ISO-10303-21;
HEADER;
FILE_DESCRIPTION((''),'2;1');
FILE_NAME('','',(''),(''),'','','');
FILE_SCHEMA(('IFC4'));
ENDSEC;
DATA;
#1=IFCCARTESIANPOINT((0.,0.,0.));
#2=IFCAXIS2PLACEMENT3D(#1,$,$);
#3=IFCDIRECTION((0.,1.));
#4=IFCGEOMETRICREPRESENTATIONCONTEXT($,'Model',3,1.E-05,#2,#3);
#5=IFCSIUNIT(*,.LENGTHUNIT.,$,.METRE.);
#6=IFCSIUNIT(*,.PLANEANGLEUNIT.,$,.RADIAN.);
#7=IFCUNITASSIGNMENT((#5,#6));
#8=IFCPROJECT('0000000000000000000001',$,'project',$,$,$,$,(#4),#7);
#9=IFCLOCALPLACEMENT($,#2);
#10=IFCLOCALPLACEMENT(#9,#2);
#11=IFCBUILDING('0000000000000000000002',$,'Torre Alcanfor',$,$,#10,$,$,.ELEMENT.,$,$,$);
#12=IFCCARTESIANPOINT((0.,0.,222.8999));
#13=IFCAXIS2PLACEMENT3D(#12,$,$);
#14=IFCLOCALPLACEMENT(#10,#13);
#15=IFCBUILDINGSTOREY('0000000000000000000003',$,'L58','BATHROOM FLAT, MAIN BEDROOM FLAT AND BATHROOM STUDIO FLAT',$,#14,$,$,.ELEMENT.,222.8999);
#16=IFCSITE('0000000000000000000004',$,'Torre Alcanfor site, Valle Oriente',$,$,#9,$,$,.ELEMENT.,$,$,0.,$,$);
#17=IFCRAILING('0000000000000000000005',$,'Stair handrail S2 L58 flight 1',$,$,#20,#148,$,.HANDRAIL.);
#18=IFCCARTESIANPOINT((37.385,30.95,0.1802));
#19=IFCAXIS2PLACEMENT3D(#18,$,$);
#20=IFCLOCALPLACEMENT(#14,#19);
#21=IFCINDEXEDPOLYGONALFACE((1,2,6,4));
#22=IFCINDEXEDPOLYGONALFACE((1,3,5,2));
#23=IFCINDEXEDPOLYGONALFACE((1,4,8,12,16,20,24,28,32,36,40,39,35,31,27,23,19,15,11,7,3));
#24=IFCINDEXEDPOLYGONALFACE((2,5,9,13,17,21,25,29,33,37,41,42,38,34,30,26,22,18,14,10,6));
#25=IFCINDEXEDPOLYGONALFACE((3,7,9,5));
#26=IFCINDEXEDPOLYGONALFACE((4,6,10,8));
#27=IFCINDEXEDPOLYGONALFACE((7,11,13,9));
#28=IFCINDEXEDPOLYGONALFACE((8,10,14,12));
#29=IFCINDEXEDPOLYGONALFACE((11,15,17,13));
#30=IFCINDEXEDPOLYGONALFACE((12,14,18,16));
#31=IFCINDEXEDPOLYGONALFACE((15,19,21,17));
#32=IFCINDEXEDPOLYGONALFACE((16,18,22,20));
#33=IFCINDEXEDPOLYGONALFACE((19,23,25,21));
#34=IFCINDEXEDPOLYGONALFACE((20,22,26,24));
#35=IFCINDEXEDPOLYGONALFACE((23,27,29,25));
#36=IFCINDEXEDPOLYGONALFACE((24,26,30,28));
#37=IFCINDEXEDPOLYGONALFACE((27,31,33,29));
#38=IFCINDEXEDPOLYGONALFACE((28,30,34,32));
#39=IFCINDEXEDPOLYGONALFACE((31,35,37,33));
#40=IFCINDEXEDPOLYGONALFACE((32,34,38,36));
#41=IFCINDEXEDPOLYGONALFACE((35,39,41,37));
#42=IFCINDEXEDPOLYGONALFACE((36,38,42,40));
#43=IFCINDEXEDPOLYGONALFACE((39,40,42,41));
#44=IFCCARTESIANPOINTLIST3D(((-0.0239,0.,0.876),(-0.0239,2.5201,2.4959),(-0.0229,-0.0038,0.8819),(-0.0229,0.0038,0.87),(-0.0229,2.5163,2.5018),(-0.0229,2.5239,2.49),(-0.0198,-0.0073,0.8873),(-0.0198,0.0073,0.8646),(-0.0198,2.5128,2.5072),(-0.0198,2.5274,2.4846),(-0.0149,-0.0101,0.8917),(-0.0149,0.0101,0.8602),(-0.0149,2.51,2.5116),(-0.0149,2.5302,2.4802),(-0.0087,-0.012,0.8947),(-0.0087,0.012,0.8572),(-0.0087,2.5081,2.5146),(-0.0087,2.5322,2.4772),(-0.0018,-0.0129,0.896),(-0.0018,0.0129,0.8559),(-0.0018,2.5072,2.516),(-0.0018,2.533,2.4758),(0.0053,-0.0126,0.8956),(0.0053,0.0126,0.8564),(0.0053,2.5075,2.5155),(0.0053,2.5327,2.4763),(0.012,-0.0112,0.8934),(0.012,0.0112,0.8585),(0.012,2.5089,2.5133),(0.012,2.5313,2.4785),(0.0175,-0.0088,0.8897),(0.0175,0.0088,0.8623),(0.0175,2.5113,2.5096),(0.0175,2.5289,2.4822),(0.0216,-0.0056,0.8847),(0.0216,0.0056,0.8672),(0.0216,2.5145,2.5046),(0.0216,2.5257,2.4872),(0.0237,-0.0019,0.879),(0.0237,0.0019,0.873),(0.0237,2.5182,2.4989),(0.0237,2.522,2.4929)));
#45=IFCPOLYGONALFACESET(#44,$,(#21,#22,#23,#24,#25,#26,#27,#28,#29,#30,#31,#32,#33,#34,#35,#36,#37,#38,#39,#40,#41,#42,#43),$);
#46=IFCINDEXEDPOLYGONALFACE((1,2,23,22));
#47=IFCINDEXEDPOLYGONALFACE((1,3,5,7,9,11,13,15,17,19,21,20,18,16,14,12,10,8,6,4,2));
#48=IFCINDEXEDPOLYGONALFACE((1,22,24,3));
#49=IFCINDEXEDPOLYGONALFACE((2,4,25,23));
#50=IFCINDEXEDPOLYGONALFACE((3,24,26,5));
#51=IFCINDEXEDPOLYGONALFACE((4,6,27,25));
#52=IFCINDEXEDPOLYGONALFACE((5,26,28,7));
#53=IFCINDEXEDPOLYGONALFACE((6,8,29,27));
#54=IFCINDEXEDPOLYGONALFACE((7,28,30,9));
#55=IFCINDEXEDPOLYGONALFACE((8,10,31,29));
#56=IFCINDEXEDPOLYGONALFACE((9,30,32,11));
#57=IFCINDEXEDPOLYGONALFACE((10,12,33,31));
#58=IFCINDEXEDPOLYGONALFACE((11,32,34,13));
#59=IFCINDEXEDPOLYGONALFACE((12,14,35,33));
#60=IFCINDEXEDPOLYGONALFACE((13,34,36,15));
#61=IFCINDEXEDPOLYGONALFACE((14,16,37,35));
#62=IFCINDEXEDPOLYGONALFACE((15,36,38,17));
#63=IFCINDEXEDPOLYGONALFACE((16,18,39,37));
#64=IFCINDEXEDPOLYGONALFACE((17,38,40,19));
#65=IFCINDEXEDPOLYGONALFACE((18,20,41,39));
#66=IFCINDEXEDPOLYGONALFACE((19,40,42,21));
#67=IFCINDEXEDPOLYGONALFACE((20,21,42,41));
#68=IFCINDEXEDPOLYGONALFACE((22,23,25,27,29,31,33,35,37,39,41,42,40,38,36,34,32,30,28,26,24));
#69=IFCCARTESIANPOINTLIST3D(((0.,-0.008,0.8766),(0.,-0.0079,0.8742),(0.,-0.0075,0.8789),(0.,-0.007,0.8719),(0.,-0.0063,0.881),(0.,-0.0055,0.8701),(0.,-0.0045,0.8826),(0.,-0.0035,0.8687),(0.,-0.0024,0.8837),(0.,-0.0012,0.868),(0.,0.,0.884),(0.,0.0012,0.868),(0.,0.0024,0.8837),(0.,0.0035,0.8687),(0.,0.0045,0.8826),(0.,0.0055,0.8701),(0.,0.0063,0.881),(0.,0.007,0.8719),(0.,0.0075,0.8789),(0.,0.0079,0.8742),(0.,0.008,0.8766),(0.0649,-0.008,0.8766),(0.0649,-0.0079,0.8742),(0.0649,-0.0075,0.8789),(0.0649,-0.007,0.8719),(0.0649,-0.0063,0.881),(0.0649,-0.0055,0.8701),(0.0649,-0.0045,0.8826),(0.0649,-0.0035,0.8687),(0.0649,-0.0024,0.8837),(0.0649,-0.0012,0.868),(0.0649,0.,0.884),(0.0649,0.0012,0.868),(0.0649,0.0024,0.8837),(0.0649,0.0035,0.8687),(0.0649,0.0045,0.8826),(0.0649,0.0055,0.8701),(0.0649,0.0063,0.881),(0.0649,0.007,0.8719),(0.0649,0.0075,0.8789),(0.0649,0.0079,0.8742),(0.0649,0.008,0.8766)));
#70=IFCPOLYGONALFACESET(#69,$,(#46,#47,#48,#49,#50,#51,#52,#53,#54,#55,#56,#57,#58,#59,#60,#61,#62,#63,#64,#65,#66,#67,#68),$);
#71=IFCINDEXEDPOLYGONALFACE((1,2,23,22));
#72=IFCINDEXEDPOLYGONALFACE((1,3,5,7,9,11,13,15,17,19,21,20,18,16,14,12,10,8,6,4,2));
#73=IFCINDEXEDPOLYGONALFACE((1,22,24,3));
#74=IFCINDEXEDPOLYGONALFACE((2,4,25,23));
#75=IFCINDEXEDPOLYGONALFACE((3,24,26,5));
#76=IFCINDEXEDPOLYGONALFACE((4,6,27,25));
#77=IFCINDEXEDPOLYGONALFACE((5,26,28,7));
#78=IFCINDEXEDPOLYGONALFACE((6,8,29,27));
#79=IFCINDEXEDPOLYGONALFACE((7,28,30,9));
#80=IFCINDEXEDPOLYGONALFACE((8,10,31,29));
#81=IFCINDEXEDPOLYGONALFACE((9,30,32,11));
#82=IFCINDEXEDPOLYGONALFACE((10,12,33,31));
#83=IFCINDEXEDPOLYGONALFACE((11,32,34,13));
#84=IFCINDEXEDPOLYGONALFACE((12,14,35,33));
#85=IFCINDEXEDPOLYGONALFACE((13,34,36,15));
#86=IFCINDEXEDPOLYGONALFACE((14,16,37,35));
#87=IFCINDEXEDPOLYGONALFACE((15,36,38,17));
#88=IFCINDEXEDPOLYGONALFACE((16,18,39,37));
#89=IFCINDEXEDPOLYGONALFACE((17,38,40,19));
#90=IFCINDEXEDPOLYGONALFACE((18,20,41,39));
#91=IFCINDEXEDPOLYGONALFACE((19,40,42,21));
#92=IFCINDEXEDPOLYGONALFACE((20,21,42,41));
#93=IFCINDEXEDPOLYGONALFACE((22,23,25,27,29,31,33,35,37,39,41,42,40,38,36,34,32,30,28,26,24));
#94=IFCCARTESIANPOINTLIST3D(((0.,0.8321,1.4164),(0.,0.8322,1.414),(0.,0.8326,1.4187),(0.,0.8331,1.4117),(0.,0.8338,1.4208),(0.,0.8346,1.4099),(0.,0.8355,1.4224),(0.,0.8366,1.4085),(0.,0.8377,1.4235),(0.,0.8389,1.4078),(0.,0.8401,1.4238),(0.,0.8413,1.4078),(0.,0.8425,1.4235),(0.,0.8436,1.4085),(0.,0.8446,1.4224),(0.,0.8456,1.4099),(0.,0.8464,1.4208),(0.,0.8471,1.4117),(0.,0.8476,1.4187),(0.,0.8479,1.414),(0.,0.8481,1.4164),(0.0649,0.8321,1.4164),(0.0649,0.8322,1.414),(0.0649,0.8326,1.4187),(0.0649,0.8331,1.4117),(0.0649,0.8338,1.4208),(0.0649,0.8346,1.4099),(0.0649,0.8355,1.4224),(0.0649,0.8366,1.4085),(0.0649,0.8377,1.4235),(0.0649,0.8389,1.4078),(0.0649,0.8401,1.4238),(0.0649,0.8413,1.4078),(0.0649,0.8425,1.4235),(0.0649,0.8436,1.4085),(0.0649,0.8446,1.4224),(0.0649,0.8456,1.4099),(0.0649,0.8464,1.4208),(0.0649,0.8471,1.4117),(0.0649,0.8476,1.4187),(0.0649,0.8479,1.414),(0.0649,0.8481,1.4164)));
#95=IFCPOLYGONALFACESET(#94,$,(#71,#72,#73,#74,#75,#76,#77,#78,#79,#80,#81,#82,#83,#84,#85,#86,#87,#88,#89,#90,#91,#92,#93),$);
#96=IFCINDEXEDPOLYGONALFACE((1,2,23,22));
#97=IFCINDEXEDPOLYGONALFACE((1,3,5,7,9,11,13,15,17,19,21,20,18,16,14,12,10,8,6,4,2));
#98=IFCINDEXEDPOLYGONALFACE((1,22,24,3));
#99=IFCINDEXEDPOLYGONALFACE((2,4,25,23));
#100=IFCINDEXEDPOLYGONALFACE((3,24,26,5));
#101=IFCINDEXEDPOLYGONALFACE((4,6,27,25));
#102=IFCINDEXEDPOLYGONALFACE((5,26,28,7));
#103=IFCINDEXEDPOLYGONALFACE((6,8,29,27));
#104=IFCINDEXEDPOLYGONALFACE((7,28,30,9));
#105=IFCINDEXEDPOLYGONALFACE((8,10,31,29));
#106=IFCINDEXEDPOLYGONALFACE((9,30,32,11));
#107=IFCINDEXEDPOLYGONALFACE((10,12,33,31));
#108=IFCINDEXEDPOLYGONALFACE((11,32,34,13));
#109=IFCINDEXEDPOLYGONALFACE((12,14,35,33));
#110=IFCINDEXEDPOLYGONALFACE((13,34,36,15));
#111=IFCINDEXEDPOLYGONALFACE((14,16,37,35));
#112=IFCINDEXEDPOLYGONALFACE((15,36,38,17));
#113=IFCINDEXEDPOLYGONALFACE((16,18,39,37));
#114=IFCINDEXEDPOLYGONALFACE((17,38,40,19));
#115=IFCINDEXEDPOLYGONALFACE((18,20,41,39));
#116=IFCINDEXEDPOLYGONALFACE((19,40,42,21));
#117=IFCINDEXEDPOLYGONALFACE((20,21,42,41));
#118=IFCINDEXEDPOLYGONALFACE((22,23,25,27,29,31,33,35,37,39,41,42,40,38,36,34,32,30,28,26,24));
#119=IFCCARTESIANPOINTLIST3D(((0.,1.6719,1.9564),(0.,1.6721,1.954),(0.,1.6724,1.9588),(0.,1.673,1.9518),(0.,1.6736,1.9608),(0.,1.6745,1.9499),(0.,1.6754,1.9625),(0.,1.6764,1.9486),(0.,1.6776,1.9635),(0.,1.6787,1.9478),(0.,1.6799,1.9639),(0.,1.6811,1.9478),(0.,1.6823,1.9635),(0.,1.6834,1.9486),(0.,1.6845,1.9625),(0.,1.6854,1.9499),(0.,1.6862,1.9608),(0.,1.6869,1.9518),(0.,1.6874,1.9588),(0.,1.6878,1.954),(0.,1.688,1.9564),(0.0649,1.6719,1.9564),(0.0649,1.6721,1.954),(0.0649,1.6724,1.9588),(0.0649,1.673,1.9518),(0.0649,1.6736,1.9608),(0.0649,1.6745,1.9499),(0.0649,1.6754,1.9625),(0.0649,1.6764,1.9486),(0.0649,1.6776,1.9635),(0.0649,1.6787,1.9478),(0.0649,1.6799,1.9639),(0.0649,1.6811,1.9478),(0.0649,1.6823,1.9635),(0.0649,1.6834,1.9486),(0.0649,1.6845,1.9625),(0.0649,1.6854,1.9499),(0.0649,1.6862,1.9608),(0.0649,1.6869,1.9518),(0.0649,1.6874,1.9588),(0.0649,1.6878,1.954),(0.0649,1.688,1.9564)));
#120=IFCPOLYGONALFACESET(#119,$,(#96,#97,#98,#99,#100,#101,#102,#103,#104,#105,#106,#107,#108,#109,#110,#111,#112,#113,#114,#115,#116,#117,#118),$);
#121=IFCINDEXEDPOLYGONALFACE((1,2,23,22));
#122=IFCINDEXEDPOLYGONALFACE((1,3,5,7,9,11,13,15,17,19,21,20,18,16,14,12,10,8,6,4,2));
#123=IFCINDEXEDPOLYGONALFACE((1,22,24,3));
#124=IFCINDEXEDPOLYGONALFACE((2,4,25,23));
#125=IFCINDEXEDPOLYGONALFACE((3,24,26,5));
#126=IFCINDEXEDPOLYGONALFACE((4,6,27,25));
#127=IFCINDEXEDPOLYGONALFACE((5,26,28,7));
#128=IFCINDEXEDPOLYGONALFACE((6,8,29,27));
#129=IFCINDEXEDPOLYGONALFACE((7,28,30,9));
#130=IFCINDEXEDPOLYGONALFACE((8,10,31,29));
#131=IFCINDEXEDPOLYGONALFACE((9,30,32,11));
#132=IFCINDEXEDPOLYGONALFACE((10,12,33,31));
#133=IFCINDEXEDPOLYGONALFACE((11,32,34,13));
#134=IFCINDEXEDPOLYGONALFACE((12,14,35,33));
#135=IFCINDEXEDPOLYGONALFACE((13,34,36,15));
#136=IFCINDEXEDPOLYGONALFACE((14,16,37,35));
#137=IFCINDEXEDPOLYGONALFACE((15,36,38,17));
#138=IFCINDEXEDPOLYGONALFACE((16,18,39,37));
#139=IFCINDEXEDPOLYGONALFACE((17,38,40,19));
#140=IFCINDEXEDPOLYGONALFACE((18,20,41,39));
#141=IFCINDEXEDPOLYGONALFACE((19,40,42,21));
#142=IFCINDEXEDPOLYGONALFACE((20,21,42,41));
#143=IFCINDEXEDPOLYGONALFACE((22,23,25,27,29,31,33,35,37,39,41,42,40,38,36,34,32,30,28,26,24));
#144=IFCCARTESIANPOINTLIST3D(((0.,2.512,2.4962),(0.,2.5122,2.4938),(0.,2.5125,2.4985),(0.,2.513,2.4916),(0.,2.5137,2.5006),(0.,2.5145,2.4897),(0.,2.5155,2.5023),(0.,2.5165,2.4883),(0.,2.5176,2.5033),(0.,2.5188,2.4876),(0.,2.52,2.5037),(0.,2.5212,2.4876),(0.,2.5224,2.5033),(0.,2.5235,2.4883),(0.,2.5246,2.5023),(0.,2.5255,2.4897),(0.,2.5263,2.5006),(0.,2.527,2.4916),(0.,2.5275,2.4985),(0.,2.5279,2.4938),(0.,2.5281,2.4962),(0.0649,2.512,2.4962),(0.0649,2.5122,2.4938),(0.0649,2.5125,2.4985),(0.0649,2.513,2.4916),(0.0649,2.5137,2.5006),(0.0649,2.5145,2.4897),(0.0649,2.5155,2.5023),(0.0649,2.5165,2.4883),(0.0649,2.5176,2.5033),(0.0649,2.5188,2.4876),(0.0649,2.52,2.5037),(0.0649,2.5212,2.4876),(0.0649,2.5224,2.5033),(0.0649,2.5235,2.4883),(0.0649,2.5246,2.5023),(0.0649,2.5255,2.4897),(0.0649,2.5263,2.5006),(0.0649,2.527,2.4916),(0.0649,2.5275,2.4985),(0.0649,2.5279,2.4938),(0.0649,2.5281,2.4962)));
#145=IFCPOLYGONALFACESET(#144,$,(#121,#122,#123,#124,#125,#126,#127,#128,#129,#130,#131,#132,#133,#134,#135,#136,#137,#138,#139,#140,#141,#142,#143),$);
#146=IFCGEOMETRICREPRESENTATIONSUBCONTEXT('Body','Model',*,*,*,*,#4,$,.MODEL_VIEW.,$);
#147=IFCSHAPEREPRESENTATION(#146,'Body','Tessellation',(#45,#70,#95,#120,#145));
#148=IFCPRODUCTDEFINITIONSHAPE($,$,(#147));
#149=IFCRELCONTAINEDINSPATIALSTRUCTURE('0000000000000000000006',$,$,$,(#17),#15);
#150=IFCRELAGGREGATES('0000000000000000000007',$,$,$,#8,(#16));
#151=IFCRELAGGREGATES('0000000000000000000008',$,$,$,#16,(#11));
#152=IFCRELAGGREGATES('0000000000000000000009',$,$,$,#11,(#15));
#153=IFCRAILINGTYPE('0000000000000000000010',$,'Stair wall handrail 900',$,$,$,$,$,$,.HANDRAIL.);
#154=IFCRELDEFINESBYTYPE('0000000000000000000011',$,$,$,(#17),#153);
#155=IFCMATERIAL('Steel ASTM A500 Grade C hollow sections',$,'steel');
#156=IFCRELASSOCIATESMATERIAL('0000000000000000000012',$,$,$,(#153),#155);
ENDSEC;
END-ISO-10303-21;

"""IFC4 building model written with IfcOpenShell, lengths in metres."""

from ifc_helpers import new_model, si_unit, direction, frame, origin, origin_2d, place, context, subcontext, project, spatial, circle, extrude, material, type_object, element, save


model = new_model("IFC4")

# Units and contexts
model_context = context("Model", 3, precision=1e-05, world=origin(), true_north=direction((0.0, 1.0)))
body_context = subcontext(model_context, "Body", "Model", "MODEL_VIEW")
ifc_project = project(units=[si_unit("LENGTHUNIT", "METRE"), si_unit("PLANEANGLEUNIT", "RADIAN")], contexts=[model_context])

# Site, building, storey
site_placement = place(None, origin())
site = spatial("IfcSite", under=ifc_project, at=site_placement, Name="Torre Alcanfor site, Valle Oriente", CompositionType="ELEMENT", RefElevation=0.0)
building_placement = place(site_placement, origin())
building = spatial("IfcBuilding", under=site, at=building_placement, Name="Torre Alcanfor", CompositionType="ELEMENT")
storey_placement = place(building_placement, frame((0.0, 0.0, 222.8999)))
storey = spatial("IfcBuildingStorey", under=building, at=storey_placement, Name="L58", Description="BATHROOM FLAT, MAIN BEDROOM FLAT AND BATHROOM STUDIO FLAT", CompositionType="ELEMENT", Elevation=222.8999)

# Railing
ifc_material_1 = material(Name="Steel ASTM A500 Grade C hollow sections", Category="steel")
railing_type_1 = type_object("IfcRailingType", Name="Stair wall handrail 900", PredefinedType="HANDRAIL", material=ifc_material_1)
railing_1_placement = place(storey_placement, frame((37.385, 30.95, 0.1802)))
element("IfcRailing", 1, at=railing_1_placement, inside=storey, type_object=railing_type_1, Name="Stair handrail S2 L58 flight 1", PredefinedType="HANDRAIL", context=body_context, shape_type="SweptSolid", body=[
    extrude(circle(Radius=0.0239, at=origin_2d()), frame((0.0, 0.0, 0.876), z_axis=(0.0, 0.8412, 0.540725), x_axis=(-1.0, 0.0, 0.0)), (0.0, 0.0, 1.0), 2.9958),
    extrude(circle(Radius=0.0081, at=origin_2d()), frame((0.0, 0.0, 0.876), z_axis=(1.0, 0.0, 0.0), x_axis=(0.0, 0.0, 1.0)), (0.0, 0.0, 1.0), 0.0649),
    extrude(circle(Radius=0.0081, at=origin_2d()), frame((0.0, 0.8401, 1.4158), z_axis=(1.0, 0.0, 0.0), x_axis=(0.0, 0.0, 1.0)), (0.0, 0.0, 1.0), 0.0649),
    extrude(circle(Radius=0.0081, at=origin_2d()), frame((0.0, 1.6799, 1.9558), z_axis=(1.0, 0.0, 0.0), x_axis=(0.0, 0.0, 1.0)), (0.0, 0.0, 1.0), 0.0649),
    extrude(circle(Radius=0.0081, at=origin_2d()), frame((0.0, 2.52, 2.4956), z_axis=(1.0, 0.0, 0.0), x_axis=(0.0, 0.0, 1.0)), (0.0, 0.0, 1.0), 0.0649),
])

save(model, "model.ifc")
